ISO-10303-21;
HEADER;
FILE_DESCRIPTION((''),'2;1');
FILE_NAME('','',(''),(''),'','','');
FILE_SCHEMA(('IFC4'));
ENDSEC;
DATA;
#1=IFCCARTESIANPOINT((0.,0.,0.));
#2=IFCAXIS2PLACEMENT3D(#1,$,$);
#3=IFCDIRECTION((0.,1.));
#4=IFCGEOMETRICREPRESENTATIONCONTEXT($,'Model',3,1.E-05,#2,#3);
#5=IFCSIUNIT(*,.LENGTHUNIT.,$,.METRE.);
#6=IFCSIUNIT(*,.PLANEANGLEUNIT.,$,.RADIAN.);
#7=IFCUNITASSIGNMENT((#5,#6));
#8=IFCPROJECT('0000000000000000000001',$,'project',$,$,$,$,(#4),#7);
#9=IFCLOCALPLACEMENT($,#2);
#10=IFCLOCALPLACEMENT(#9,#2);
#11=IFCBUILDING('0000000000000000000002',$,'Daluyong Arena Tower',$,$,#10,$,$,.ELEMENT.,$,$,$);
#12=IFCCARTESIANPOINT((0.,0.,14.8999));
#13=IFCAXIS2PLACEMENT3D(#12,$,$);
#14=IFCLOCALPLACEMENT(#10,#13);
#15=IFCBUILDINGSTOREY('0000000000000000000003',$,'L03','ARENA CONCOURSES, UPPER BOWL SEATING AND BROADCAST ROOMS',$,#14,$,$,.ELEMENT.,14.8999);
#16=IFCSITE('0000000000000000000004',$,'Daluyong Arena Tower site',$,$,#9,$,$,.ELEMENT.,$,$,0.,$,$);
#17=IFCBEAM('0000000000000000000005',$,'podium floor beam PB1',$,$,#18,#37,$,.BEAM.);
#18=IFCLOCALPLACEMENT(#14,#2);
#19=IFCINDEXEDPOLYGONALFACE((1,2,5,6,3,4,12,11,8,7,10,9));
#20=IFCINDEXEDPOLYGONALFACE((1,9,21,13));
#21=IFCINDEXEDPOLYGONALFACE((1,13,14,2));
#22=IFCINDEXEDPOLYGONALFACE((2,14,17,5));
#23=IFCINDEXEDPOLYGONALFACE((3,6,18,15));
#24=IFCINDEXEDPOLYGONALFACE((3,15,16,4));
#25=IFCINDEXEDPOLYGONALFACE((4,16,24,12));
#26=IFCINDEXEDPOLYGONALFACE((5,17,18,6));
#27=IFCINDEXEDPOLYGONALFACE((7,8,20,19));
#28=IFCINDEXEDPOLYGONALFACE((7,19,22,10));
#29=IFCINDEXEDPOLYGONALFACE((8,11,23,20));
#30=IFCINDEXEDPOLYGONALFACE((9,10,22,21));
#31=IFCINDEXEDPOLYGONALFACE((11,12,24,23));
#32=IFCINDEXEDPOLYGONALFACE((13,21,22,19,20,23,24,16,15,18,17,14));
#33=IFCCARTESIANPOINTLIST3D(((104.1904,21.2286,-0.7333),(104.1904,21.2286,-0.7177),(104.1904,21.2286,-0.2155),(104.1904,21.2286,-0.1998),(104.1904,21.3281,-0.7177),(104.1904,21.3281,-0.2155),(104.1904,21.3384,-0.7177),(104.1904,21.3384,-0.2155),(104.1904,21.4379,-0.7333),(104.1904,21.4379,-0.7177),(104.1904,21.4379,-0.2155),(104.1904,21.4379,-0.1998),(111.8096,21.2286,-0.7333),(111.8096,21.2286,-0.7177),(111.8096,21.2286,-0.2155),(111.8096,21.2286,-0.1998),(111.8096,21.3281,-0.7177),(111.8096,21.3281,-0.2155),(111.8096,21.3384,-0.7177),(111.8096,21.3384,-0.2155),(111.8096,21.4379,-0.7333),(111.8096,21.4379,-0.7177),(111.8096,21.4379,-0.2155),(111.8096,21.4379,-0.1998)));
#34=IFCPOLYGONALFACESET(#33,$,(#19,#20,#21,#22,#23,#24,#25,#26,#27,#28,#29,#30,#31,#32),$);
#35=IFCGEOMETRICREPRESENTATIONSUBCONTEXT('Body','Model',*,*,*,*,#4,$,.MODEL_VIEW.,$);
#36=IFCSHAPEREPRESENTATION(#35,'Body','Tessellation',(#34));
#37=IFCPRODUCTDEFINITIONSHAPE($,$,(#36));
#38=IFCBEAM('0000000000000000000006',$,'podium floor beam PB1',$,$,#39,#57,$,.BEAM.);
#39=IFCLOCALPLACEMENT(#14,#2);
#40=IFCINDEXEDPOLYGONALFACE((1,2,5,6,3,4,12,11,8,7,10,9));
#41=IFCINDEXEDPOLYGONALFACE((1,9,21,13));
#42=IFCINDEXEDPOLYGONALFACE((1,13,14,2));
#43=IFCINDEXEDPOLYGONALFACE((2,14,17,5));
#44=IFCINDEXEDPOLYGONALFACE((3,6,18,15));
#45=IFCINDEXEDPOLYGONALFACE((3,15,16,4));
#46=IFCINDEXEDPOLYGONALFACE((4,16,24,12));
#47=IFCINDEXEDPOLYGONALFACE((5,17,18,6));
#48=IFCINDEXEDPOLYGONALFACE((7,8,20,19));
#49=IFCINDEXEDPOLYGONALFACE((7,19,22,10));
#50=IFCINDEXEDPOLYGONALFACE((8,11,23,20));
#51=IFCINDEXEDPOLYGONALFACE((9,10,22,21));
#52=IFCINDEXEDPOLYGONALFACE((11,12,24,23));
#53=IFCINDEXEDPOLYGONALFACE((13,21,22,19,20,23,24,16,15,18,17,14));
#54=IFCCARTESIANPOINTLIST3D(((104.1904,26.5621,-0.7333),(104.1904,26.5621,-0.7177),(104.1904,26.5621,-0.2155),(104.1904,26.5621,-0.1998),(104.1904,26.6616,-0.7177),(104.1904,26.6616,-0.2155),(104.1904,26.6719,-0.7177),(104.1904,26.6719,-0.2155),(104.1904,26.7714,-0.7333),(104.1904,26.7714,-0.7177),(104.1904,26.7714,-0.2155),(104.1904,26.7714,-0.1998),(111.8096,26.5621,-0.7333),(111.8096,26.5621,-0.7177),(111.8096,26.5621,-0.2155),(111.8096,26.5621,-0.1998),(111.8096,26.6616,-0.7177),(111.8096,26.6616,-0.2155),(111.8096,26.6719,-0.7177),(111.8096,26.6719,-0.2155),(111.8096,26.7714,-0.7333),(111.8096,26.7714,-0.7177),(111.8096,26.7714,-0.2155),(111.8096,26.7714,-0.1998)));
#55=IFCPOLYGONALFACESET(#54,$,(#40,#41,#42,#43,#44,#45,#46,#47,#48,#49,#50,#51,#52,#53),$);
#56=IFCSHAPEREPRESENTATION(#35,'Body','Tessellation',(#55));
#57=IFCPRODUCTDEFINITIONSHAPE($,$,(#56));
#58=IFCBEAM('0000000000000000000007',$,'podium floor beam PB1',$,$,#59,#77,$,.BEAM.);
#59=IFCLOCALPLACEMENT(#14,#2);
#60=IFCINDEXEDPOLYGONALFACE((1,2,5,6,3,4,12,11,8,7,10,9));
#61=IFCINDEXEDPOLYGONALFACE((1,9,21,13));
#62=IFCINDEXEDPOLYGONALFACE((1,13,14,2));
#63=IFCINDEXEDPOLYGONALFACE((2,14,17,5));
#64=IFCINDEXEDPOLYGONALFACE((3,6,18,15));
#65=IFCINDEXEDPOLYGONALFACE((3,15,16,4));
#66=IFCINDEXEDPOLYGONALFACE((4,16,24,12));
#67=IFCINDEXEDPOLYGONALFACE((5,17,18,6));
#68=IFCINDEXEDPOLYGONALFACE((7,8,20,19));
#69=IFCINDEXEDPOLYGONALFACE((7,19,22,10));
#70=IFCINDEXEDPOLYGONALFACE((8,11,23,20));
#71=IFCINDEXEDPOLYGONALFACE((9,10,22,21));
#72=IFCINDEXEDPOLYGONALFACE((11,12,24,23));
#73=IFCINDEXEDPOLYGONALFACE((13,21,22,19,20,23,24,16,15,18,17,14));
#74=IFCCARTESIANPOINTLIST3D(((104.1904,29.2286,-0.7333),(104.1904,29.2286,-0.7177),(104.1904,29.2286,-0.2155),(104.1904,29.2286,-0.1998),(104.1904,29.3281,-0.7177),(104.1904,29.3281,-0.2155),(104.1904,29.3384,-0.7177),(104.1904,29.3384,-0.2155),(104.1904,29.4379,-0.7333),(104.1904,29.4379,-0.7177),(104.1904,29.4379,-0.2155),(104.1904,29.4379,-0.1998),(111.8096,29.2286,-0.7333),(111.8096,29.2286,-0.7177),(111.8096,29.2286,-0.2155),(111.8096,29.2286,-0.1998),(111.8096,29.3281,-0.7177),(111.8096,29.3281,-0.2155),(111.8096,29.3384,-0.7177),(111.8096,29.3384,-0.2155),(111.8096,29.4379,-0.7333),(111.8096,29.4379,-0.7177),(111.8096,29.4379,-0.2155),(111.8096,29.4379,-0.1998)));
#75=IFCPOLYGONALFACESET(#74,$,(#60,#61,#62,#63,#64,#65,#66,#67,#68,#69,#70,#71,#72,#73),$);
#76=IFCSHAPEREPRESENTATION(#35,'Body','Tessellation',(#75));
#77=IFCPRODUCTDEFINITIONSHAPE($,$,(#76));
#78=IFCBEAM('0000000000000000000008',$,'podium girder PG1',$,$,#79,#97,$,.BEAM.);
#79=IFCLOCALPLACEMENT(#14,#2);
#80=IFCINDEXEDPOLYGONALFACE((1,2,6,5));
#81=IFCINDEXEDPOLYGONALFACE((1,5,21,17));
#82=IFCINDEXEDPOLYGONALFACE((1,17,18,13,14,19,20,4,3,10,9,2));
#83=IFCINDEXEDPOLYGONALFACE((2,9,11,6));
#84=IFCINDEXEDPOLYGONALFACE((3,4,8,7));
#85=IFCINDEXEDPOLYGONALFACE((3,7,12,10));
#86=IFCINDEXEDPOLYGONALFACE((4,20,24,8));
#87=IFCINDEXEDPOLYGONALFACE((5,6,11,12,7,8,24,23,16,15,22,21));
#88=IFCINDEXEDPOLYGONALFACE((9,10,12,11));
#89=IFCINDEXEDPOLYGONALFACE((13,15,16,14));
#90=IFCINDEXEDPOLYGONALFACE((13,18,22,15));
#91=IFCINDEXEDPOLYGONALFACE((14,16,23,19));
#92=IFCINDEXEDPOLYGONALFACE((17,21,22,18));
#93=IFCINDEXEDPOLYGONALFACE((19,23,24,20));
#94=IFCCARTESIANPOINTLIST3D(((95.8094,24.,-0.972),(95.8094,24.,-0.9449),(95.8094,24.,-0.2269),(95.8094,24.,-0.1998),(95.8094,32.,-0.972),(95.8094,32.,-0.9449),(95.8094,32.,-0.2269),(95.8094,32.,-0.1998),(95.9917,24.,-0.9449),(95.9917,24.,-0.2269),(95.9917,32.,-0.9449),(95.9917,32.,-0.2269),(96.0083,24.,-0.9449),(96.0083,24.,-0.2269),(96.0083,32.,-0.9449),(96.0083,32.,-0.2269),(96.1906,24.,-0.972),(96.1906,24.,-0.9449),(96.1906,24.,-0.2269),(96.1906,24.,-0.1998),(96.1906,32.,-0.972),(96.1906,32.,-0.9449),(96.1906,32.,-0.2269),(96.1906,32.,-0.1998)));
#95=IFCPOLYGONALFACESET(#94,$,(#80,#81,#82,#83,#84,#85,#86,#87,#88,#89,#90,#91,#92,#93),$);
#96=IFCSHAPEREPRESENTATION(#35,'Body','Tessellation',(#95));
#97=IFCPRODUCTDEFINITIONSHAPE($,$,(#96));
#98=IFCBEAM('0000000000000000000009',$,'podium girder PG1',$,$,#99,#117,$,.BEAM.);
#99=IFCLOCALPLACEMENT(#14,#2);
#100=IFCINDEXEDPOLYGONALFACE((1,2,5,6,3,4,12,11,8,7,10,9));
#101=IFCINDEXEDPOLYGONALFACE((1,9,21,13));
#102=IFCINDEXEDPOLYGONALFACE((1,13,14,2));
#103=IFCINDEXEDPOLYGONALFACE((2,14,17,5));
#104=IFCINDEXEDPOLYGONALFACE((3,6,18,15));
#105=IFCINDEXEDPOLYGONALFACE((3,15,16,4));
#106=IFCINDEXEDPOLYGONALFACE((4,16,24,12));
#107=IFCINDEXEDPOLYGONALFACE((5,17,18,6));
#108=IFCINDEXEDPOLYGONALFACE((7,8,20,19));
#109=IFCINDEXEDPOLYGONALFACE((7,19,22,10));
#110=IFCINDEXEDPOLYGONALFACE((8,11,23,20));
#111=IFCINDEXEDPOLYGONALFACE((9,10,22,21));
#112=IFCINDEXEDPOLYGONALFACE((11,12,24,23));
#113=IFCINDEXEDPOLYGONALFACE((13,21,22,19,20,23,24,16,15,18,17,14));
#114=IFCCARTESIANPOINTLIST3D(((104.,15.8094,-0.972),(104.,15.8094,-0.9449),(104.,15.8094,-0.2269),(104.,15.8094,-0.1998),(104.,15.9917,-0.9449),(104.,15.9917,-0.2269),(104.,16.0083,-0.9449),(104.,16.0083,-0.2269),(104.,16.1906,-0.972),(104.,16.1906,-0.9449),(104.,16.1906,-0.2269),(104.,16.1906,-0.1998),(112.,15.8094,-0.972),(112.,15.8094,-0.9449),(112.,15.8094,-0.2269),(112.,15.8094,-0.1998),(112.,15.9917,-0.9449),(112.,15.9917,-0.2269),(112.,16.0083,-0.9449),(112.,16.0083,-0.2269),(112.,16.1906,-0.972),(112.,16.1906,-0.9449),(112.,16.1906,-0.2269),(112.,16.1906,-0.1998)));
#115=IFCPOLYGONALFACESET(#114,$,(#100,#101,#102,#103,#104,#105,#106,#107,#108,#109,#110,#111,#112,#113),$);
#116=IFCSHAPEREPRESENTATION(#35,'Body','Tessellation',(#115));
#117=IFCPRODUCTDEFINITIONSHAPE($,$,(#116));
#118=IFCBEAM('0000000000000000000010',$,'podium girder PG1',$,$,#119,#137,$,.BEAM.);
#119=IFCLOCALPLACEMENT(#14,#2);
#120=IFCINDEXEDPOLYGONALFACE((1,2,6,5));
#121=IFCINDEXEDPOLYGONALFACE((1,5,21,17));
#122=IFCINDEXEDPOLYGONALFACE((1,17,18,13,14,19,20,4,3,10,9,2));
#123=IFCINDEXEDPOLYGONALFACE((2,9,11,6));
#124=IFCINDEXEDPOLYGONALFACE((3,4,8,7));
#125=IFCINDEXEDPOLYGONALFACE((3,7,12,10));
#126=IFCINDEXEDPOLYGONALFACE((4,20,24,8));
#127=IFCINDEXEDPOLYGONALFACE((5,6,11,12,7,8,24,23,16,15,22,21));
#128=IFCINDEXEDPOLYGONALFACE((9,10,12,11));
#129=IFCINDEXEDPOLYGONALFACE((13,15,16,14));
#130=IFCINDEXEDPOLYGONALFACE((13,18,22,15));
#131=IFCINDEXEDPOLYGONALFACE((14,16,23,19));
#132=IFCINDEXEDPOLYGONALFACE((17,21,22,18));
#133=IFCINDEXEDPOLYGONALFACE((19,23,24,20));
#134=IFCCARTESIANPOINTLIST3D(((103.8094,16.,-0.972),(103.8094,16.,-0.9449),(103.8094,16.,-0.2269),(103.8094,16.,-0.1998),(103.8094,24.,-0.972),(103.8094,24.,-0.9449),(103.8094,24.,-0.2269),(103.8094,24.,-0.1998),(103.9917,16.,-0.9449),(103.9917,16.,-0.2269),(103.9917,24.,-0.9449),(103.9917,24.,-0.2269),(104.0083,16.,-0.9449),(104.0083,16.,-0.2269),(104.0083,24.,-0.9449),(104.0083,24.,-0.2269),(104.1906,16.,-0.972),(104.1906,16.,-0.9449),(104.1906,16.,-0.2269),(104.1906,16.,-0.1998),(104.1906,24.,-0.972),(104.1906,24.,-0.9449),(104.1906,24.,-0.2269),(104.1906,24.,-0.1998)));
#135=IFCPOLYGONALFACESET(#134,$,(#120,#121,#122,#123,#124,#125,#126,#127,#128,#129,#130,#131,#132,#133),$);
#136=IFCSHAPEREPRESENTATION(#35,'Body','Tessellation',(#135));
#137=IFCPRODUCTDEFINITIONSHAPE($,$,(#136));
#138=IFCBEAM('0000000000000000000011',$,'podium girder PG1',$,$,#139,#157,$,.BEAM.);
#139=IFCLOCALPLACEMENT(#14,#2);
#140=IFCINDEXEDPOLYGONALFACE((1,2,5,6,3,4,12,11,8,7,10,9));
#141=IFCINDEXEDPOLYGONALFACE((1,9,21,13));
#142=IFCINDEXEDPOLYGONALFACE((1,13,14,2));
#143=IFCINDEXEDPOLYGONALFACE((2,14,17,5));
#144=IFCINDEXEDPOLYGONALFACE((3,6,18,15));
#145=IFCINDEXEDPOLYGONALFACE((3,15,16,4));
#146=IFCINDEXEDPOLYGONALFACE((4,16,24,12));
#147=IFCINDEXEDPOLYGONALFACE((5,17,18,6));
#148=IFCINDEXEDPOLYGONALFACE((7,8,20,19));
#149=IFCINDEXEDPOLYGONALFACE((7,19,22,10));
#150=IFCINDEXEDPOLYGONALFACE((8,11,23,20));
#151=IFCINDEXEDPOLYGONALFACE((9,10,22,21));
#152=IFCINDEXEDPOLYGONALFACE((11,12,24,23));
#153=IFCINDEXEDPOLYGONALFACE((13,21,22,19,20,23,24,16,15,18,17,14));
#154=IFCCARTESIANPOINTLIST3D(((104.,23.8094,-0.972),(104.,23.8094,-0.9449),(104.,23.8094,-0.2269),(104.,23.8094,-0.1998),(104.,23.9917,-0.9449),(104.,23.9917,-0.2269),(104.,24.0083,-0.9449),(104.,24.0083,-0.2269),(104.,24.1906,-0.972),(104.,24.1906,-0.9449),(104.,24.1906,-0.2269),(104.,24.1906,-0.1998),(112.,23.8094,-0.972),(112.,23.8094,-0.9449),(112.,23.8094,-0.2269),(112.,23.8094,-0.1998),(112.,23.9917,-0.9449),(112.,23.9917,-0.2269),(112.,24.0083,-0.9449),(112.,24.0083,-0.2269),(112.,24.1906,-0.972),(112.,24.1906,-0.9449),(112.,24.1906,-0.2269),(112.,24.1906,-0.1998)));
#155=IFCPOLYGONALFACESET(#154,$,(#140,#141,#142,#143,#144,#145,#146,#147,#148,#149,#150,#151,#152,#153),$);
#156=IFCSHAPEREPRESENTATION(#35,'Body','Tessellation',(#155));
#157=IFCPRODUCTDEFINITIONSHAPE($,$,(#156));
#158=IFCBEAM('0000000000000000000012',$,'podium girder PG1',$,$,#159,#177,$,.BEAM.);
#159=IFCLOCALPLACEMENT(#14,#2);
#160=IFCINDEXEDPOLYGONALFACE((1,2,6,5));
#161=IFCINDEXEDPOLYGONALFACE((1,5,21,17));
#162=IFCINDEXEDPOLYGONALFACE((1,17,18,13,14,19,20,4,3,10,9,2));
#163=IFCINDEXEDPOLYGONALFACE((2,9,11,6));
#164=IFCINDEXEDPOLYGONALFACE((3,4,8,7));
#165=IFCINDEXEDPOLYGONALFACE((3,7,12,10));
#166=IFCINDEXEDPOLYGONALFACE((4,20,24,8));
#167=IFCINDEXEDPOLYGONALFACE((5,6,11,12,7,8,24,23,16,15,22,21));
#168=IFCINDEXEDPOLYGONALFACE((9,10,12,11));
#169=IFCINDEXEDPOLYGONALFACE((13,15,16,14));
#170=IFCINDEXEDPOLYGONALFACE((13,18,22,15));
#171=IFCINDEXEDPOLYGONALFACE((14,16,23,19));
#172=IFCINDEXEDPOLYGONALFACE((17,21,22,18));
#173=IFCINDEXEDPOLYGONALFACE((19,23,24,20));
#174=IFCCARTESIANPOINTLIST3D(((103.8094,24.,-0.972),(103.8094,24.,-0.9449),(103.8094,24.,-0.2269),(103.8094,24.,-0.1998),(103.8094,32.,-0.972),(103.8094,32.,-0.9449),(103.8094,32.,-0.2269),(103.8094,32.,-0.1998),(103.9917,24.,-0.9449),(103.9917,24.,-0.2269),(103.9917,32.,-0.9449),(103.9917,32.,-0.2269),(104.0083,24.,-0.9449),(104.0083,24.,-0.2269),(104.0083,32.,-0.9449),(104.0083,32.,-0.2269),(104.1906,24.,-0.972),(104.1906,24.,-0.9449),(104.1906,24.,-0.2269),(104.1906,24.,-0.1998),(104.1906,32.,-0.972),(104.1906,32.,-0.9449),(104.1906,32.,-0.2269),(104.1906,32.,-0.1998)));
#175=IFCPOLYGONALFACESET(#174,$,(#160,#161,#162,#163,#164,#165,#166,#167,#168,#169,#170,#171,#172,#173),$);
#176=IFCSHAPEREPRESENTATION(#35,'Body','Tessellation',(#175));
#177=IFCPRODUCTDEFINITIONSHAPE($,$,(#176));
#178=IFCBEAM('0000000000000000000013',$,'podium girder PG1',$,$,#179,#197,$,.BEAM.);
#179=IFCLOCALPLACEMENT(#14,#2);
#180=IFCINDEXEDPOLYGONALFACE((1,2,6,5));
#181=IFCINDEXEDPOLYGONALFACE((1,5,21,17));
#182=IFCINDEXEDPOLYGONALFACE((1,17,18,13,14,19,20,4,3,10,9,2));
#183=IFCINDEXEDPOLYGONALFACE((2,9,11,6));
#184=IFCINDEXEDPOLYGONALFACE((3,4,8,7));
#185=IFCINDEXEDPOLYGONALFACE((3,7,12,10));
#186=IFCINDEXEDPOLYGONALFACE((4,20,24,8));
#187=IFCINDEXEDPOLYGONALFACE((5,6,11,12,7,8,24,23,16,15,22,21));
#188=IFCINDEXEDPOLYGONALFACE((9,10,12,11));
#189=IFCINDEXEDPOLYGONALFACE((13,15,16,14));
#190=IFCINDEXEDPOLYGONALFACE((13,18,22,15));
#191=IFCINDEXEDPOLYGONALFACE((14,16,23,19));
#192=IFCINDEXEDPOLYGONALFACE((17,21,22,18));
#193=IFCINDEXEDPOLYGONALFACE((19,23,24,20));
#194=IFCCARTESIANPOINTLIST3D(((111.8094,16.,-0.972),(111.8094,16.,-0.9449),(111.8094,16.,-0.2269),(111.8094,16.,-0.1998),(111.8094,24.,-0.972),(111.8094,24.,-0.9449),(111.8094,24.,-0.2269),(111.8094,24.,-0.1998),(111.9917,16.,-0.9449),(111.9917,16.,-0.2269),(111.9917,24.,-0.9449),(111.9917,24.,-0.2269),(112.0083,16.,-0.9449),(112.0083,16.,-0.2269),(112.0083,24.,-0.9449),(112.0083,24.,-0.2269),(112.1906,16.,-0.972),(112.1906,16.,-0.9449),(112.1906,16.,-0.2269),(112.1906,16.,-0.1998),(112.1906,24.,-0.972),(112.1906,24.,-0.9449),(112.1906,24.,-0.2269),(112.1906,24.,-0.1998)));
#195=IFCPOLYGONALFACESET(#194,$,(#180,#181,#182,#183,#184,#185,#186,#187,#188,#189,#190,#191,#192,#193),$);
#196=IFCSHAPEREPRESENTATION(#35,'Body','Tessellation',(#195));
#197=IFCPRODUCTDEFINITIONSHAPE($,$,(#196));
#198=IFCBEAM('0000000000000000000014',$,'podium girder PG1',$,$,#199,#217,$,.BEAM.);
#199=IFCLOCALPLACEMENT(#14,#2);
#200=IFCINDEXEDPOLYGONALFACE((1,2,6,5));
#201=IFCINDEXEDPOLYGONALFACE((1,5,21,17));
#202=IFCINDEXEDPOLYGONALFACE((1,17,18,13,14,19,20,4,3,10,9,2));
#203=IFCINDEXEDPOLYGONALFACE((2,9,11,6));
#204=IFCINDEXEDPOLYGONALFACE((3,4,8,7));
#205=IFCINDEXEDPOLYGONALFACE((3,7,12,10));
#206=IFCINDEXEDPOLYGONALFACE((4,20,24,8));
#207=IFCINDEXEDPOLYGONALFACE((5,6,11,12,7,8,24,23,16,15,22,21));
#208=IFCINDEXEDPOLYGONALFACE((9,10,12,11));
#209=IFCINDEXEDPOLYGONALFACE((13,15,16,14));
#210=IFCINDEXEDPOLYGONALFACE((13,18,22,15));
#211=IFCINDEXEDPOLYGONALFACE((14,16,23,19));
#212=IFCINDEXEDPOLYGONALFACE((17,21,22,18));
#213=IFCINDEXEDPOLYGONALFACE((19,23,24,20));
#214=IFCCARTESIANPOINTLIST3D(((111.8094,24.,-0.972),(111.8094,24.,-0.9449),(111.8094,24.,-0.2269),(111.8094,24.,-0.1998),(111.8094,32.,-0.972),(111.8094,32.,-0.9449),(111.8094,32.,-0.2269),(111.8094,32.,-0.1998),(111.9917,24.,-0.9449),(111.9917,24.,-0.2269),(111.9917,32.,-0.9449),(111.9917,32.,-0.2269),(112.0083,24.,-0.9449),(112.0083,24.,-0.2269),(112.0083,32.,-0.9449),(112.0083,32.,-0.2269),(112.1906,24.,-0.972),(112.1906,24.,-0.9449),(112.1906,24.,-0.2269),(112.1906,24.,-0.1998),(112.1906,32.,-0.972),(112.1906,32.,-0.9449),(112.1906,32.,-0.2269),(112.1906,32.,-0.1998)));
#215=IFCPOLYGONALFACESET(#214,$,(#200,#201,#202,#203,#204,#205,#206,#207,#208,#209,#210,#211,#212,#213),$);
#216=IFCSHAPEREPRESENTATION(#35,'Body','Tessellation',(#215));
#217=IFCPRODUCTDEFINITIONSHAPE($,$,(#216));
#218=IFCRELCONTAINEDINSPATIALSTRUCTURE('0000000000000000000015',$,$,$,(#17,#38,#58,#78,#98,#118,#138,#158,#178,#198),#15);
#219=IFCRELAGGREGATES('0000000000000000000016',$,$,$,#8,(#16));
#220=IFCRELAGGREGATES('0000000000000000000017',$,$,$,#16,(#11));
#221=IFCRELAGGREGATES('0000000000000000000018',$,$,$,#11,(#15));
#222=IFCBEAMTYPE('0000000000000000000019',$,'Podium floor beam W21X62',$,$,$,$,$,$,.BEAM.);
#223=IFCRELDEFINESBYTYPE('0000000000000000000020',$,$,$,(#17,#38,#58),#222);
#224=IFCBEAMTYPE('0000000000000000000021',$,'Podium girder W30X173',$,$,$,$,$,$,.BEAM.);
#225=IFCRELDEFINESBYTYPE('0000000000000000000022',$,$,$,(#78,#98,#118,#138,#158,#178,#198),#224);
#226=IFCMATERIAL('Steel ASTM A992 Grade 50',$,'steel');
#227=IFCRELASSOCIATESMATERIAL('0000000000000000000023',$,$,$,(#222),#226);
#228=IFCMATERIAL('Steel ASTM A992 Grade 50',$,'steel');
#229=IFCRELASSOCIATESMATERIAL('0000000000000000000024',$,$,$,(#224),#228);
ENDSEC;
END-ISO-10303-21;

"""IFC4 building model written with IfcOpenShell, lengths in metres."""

from ifc_helpers import new_model, si_unit, direction, frame, origin, origin_2d, place, context, subcontext, project, spatial, i_section, extrude, material, material_profile, profile_set, type_object, element, save


model = new_model("IFC4")

# Units and contexts
model_context = context("Model", 3, precision=1e-05, world=origin(), true_north=direction((0.0, 1.0)))
body_context = subcontext(model_context, "Body", "Model", "MODEL_VIEW")
ifc_project = project(units=[si_unit("LENGTHUNIT", "METRE"), si_unit("PLANEANGLEUNIT", "RADIAN")], contexts=[model_context])

# Site, building, storey
site_placement = place(None, origin())
site = spatial("IfcSite", under=ifc_project, at=site_placement, Name="Daluyong Arena Tower site", CompositionType="ELEMENT", RefElevation=0.0)
building_placement = place(site_placement, origin())
building = spatial("IfcBuilding", under=site, at=building_placement, Name="Daluyong Arena Tower", CompositionType="ELEMENT")
storey_placement = place(building_placement, frame((0.0, 0.0, 14.8999)))
storey = spatial("IfcBuildingStorey", under=building, at=storey_placement, Name="L03", Description="ARENA CONCOURSES, UPPER BOWL SEATING AND BROADCAST ROOMS", CompositionType="ELEMENT", Elevation=14.8999)

# Beams
ifc_material_1 = material(Name="Steel ASTM A992 Grade 50", Category="steel")
ifc_material_profile_1 = material_profile(ifc_material_1, i_section(OverallWidth=0.2092, OverallDepth=0.5334, WebThickness=0.0103, FlangeThickness=0.0156, at=origin_2d()))
ifc_profile_set_1 = profile_set([ifc_material_profile_1], Name="Steel ASTM A992 Grade 50")
beam_type_1 = type_object("IfcBeamType", Name="Podium floor beam W21X62", PredefinedType="BEAM", material=ifc_profile_set_1)
for number, where, z_axis, x_axis, name in (
    (1, (104.1904, 21.3333, -0.4666), (1.0, 0.0, 0.0), (0.0, 1.0, 0.0), "podium floor beam PB1"),
    (2, (104.1904, 26.6667, -0.4666), (1.0, 0.0, 0.0), (0.0, 1.0, 0.0), "podium floor beam PB1"),
    (3, (104.1904, 29.3333, -0.4666), (1.0, 0.0, 0.0), (0.0, 1.0, 0.0), "podium floor beam PB1"),
):
    element("IfcBeam", number, at=place(storey_placement, frame(where, z_axis=z_axis, x_axis=x_axis)), inside=storey, type_object=beam_type_1, Name=name, PredefinedType="BEAM", context=body_context, shape_type="SweptSolid", body=[
        extrude(i_section(OverallWidth=0.2092, OverallDepth=0.5334, WebThickness=0.0103, FlangeThickness=0.0156, at=origin_2d()), origin(), (0.0, 0.0, 1.0), 7.6191),
    ])
ifc_material_2 = material(Name="Steel ASTM A992 Grade 50", Category="steel")
ifc_material_profile_2 = material_profile(ifc_material_2, i_section(OverallWidth=0.3811, OverallDepth=0.7722, WebThickness=0.0166, FlangeThickness=0.0271, at=origin_2d()))
ifc_profile_set_2 = profile_set([ifc_material_profile_2], Name="Steel ASTM A992 Grade 50")
beam_type_2 = type_object("IfcBeamType", Name="Podium girder W30X173", PredefinedType="BEAM", material=ifc_profile_set_2)
for number, where, z_axis, x_axis, name in (
    (4, (96.0, 24.0, -0.5859), (0.0, 1.0, 0.0), (-1.0, 0.0, 0.0), "podium girder PG1"),
    (5, (104.0, 16.0, -0.5859), (1.0, 0.0, 0.0), (0.0, 1.0, 0.0), "podium girder PG1"),
    (6, (104.0, 16.0, -0.5859), (0.0, 1.0, 0.0), (-1.0, 0.0, 0.0), "podium girder PG1"),
    (7, (104.0, 24.0, -0.5859), (1.0, 0.0, 0.0), (0.0, 1.0, 0.0), "podium girder PG1"),
    (8, (104.0, 24.0, -0.5859), (0.0, 1.0, 0.0), (-1.0, 0.0, 0.0), "podium girder PG1"),
    (9, (112.0, 16.0, -0.5859), (0.0, 1.0, 0.0), (-1.0, 0.0, 0.0), "podium girder PG1"),
    (10, (112.0, 24.0, -0.5859), (0.0, 1.0, 0.0), (-1.0, 0.0, 0.0), "podium girder PG1"),
):
    element("IfcBeam", number, at=place(storey_placement, frame(where, z_axis=z_axis, x_axis=x_axis)), inside=storey, type_object=beam_type_2, Name=name, PredefinedType="BEAM", context=body_context, shape_type="SweptSolid", body=[
        extrude(i_section(OverallWidth=0.3811, OverallDepth=0.7722, WebThickness=0.0166, FlangeThickness=0.0271, at=origin_2d()), origin(), (0.0, 0.0, 1.0), 8.0),
    ])

save(model, "model.ifc")
